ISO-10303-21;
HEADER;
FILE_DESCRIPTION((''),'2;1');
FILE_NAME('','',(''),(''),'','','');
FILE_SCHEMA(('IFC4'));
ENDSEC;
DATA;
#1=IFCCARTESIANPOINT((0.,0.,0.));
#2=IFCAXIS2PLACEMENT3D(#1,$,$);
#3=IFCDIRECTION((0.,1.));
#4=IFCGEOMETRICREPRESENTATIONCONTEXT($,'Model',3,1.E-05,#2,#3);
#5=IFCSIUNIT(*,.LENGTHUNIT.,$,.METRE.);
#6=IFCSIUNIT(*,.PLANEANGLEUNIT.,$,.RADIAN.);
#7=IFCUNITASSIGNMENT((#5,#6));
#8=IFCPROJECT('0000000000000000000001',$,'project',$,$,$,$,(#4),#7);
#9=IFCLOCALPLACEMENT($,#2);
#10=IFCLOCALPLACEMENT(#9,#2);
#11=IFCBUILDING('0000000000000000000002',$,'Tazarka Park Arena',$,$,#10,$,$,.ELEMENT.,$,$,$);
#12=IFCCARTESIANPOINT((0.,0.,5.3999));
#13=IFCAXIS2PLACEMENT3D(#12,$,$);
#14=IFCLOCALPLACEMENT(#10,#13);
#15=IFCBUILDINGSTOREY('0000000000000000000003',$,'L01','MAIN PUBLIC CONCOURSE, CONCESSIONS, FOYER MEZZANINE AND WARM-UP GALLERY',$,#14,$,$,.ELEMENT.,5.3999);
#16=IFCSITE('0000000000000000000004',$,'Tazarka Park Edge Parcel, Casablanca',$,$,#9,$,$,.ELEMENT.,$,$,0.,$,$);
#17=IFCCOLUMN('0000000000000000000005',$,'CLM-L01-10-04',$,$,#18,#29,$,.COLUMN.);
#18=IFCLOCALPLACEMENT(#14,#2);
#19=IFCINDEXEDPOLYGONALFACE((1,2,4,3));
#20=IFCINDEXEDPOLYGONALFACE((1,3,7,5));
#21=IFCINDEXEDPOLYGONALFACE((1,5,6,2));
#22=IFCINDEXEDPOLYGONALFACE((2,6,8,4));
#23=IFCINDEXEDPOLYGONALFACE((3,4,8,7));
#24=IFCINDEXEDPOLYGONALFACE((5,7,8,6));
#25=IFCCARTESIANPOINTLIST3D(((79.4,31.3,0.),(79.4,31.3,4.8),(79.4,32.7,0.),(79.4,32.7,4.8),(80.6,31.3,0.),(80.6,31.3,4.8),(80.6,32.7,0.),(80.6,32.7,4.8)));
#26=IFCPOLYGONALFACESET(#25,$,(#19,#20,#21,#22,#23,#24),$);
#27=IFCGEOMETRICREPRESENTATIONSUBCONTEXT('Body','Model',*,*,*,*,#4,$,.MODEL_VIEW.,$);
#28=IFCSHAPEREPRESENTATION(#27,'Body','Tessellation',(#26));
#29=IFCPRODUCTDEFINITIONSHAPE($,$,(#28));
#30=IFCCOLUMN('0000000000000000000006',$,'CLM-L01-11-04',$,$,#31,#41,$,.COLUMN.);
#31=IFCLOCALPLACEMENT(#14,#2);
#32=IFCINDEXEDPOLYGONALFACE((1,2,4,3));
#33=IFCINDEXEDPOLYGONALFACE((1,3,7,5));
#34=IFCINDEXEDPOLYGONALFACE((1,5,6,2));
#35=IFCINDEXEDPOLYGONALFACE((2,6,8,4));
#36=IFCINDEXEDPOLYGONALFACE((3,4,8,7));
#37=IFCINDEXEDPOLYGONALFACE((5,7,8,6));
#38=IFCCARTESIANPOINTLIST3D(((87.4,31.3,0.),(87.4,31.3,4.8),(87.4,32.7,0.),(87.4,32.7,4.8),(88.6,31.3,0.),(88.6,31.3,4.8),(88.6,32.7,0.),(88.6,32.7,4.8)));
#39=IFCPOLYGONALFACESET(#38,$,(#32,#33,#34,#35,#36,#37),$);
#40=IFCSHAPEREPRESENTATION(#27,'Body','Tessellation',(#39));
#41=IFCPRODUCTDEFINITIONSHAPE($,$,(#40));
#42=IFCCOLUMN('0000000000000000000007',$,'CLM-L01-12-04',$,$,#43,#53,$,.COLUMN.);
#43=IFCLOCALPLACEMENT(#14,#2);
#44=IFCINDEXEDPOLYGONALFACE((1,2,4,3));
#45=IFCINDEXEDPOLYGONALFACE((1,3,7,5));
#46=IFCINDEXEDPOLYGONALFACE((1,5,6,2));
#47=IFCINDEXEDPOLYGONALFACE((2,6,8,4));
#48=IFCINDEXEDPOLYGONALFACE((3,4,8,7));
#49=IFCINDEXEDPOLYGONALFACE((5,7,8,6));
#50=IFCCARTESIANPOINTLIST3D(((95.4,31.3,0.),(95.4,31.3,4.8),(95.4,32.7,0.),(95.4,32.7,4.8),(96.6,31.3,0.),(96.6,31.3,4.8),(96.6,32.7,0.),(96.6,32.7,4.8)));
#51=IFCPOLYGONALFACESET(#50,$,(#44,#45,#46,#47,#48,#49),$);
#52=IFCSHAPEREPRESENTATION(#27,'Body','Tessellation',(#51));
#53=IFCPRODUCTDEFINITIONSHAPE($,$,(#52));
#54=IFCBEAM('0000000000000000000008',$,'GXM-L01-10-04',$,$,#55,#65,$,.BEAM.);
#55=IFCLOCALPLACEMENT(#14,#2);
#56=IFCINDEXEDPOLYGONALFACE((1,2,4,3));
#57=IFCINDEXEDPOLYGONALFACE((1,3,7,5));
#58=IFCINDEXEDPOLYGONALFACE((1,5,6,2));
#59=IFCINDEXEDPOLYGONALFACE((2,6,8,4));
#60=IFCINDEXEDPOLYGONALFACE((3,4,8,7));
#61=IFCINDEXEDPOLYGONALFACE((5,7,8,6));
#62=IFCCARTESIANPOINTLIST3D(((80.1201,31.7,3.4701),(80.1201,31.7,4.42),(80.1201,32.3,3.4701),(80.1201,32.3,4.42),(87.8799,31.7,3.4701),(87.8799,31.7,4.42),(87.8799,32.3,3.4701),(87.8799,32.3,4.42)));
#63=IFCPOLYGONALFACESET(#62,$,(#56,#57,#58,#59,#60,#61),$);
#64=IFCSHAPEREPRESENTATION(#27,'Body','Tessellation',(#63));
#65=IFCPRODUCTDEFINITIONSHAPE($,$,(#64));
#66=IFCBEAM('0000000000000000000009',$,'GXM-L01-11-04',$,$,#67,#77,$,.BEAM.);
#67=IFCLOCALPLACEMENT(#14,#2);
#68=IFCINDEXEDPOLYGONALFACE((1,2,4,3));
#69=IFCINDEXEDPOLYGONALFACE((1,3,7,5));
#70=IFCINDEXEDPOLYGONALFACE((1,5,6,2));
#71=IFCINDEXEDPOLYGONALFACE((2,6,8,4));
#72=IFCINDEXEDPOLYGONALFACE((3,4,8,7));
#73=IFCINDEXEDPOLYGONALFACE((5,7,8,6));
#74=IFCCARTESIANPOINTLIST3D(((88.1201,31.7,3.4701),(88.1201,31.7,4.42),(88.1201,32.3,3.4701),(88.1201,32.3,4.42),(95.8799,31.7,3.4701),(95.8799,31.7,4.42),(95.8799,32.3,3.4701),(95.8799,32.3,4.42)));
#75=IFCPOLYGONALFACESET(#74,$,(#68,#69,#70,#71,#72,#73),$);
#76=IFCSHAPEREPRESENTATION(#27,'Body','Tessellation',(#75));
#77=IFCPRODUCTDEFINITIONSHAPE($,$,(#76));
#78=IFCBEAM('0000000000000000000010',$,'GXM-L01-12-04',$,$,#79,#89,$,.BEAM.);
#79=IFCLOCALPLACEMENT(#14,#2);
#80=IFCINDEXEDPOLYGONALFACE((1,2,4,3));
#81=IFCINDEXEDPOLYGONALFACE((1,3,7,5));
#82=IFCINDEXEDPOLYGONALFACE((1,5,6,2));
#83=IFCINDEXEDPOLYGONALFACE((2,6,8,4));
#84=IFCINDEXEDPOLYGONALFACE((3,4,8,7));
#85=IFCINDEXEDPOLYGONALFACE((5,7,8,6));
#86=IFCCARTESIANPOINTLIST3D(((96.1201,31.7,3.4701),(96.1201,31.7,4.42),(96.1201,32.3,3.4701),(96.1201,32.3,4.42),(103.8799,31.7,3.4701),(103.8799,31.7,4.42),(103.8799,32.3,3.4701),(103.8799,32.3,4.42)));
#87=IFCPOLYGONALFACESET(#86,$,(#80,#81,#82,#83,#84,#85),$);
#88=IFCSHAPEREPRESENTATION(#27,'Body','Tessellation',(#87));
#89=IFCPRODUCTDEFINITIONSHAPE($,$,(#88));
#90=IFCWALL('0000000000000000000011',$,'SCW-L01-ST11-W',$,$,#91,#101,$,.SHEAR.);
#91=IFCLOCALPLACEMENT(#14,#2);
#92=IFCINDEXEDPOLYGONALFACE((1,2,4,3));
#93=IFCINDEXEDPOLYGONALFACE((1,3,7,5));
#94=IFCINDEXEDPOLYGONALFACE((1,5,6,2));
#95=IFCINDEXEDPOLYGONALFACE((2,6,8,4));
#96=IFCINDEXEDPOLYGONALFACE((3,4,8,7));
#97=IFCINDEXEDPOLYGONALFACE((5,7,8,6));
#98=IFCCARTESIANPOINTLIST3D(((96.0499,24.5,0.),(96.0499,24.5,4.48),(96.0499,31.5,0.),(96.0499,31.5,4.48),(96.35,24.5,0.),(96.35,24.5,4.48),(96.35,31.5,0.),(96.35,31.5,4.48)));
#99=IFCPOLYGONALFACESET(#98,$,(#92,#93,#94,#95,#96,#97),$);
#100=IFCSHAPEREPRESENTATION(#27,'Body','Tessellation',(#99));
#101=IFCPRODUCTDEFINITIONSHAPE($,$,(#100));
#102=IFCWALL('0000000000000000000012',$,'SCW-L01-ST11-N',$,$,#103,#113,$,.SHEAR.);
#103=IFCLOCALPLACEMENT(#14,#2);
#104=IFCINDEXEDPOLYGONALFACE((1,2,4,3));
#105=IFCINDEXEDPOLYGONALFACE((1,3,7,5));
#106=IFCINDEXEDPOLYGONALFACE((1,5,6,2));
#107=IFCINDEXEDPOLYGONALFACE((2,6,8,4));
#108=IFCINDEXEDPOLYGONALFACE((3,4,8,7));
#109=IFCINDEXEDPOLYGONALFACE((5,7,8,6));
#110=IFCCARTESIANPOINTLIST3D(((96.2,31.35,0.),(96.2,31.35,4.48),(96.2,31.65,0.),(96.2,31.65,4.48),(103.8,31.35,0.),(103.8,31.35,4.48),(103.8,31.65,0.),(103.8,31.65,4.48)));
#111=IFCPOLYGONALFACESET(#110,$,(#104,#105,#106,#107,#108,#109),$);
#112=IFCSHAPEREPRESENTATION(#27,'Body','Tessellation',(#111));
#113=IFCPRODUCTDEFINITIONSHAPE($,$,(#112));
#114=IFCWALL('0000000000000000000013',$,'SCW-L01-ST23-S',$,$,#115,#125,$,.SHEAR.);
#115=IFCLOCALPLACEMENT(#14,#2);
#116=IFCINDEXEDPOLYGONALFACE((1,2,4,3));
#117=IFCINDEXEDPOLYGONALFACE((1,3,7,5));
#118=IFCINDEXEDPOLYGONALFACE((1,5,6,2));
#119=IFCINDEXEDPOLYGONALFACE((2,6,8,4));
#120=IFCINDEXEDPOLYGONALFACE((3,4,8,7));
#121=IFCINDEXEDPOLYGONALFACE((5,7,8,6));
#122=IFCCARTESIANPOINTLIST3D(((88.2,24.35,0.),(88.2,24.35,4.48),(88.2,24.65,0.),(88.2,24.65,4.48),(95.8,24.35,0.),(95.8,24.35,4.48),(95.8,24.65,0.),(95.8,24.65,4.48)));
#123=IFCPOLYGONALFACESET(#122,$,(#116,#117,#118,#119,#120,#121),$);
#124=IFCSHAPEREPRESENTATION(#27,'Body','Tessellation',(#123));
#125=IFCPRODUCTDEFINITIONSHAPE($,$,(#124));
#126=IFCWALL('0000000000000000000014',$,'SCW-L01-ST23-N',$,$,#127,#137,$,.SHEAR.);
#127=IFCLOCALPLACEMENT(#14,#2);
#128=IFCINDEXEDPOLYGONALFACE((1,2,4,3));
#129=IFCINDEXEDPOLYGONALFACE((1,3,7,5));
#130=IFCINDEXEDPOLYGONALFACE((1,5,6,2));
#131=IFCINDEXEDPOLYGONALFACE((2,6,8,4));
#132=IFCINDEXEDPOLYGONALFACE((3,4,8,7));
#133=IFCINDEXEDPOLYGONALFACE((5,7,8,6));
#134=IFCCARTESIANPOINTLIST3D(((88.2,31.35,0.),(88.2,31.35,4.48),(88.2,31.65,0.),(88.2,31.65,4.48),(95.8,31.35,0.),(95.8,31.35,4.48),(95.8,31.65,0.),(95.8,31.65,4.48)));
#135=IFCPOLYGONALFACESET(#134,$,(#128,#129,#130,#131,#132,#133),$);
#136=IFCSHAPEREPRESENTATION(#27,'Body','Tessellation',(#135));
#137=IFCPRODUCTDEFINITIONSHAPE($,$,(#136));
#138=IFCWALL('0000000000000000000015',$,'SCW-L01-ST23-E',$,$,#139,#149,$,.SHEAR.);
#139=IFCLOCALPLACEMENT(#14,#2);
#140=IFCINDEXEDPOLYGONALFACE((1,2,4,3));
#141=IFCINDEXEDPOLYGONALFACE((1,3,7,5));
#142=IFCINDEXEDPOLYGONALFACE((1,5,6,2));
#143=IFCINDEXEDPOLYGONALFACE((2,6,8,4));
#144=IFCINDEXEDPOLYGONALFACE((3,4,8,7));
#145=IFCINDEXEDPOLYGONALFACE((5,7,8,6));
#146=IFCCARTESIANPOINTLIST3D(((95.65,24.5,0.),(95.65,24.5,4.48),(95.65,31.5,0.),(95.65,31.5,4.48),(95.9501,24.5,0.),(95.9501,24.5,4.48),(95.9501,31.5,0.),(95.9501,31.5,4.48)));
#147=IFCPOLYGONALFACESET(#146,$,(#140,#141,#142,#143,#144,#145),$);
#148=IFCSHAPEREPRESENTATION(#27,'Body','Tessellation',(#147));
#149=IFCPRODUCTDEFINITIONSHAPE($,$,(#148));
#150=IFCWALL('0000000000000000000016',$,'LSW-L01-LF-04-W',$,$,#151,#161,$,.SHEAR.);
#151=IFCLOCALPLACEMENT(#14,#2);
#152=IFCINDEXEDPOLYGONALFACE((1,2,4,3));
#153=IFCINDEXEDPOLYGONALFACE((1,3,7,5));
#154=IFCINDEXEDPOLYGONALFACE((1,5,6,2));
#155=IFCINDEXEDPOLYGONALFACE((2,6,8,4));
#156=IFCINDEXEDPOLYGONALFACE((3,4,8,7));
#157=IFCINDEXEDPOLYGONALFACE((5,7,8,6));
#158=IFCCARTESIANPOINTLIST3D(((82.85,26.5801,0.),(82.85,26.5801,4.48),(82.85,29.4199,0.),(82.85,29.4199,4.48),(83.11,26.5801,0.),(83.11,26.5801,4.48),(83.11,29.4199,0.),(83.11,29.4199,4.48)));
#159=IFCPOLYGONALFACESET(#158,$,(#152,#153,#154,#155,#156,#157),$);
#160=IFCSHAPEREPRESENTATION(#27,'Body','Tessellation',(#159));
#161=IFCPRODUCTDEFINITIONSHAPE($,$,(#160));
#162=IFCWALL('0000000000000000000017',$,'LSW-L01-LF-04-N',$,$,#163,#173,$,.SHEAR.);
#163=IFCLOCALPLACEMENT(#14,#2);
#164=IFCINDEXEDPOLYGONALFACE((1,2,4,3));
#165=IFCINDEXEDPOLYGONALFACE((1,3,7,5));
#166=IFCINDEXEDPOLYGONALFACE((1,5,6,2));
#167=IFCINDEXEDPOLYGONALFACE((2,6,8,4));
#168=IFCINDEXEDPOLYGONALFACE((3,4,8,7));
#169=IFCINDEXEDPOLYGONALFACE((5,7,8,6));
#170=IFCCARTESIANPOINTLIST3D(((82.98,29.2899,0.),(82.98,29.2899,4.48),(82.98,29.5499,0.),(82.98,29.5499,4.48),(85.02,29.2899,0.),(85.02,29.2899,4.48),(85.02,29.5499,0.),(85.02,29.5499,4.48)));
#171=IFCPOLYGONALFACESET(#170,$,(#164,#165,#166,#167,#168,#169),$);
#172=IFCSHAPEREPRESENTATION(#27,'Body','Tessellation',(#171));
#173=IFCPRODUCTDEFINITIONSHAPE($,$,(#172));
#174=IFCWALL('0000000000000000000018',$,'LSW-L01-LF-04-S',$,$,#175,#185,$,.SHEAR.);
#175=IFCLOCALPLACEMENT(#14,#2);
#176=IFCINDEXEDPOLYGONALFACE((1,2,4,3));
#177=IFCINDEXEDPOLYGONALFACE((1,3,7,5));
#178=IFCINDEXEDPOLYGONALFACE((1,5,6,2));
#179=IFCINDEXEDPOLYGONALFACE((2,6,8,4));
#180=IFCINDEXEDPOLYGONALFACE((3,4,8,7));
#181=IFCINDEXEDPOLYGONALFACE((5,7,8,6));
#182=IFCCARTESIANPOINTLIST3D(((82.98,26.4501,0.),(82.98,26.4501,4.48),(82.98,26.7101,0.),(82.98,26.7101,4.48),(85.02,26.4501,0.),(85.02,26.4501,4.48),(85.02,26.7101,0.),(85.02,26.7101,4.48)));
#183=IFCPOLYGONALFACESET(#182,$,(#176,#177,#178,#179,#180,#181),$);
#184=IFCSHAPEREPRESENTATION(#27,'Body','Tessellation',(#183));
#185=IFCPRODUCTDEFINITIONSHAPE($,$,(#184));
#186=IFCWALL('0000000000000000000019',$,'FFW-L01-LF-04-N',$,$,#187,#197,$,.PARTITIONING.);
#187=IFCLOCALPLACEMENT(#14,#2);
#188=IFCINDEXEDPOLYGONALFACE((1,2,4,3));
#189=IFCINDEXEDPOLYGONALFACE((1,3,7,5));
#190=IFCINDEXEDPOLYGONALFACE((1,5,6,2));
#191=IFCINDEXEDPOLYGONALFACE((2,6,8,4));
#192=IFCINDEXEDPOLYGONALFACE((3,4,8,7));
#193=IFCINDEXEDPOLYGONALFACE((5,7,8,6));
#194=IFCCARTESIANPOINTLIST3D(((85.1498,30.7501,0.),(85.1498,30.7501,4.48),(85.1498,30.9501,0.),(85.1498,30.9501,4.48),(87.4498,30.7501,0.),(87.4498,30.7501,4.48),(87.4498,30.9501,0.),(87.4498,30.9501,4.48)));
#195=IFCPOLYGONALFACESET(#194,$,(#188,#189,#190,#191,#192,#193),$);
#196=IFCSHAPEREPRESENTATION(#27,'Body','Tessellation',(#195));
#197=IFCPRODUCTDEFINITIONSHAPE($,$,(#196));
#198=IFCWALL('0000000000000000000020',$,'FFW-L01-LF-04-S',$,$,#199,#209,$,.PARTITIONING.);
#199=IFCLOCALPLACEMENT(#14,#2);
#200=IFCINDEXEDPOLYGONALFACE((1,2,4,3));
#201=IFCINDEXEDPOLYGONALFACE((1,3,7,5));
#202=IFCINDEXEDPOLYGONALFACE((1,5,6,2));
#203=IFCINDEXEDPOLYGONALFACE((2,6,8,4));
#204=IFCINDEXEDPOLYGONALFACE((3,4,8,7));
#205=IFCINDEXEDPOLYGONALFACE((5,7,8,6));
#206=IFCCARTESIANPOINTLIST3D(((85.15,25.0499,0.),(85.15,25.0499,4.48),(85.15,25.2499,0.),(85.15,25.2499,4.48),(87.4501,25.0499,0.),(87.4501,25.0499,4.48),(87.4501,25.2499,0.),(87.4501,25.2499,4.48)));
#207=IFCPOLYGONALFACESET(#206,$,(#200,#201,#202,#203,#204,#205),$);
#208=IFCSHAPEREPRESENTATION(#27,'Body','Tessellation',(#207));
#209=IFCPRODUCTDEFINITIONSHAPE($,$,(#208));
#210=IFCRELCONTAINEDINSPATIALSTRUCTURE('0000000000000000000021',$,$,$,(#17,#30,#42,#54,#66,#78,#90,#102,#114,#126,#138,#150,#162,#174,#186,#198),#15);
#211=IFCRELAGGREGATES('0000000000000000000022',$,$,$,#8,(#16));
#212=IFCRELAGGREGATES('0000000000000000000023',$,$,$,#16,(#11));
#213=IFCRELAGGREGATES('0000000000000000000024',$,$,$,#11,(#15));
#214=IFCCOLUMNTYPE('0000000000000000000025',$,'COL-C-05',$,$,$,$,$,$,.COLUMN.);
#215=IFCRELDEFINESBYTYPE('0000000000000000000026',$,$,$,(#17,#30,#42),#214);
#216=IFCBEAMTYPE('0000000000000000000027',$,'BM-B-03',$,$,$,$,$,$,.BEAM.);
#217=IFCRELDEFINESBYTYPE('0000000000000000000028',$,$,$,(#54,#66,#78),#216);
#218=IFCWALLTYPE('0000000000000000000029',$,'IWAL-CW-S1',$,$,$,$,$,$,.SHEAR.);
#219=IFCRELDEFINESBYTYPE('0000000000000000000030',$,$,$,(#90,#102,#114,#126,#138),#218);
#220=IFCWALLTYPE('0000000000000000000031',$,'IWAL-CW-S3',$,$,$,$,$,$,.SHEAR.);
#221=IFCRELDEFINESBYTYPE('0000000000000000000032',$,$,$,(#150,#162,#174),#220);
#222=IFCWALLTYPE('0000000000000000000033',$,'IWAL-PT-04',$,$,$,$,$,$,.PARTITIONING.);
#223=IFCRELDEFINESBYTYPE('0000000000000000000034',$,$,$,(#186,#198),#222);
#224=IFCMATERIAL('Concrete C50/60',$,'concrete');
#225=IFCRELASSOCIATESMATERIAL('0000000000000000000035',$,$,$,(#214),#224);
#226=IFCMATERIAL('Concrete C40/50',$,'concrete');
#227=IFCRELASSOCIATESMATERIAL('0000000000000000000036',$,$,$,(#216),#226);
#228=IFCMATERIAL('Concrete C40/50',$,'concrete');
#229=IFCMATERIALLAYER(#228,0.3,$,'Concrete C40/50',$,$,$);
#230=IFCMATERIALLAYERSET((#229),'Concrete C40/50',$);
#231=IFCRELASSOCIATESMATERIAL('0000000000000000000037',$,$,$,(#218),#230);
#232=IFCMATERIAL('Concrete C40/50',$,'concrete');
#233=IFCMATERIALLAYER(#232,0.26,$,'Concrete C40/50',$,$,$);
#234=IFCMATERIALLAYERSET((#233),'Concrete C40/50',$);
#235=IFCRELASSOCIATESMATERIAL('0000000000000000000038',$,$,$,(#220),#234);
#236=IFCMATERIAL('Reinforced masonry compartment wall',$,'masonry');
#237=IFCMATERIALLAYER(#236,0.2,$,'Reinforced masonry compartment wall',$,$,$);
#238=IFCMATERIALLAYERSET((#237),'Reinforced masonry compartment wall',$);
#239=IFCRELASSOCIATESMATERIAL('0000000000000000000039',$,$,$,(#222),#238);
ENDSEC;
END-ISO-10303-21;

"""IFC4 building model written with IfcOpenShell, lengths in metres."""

from ifc_helpers import new_model, si_unit, direction, frame, frame_2d, origin, origin_2d, place, context, subcontext, project, spatial, rectangle, extrude, material, layer, layer_set, material_profile, profile_set, type_object, element, save


model = new_model("IFC4")

# Units and contexts
model_context = context("Model", 3, precision=1e-05, world=origin(), true_north=direction((0.0, 1.0)))
body_context = subcontext(model_context, "Body", "Model", "MODEL_VIEW")
ifc_project = project(units=[si_unit("LENGTHUNIT", "METRE"), si_unit("PLANEANGLEUNIT", "RADIAN")], contexts=[model_context])

# Site, building, storey
site_placement = place(None, origin())
site = spatial("IfcSite", under=ifc_project, at=site_placement, Name="Tazarka Park Edge Parcel, Casablanca", CompositionType="ELEMENT", RefElevation=0.0)
building_placement = place(site_placement, origin())
building = spatial("IfcBuilding", under=site, at=building_placement, Name="Tazarka Park Arena", CompositionType="ELEMENT")
storey_placement = place(building_placement, frame((0.0, 0.0, 5.3999)))
storey = spatial("IfcBuildingStorey", under=building, at=storey_placement, Name="L01", Description="MAIN PUBLIC CONCOURSE, CONCESSIONS, FOYER MEZZANINE AND WARM-UP GALLERY", CompositionType="ELEMENT", Elevation=5.3999)

# Columns
ifc_material_1 = material(Name="Concrete C50/60", Category="concrete")
ifc_material_profile_1 = material_profile(ifc_material_1, rectangle(XDim=1.2, YDim=1.3999, at=origin_2d()), Name="Concrete C50/60")
ifc_profile_set_1 = profile_set([ifc_material_profile_1], Name="Concrete C50/60")
column_type = type_object("IfcColumnType", Name="COL-C-05", PredefinedType="COLUMN", material=ifc_profile_set_1)
for number, where, z_axis, x_axis, name in (
    (1, (80.0, 32.0, 0.0), (0.0, 0.0, 1.0), (1.0, 0.0, 0.0), "CLM-L01-10-04"),
    (2, (88.0, 32.0, 0.0), (0.0, 0.0, 1.0), (1.0, 0.0, 0.0), "CLM-L01-11-04"),
    (3, (96.0, 32.0, 0.0), (0.0, 0.0, 1.0), (1.0, 0.0, 0.0), "CLM-L01-12-04"),
):
    element("IfcColumn", number, at=place(storey_placement, frame(where, z_axis=z_axis, x_axis=x_axis)), inside=storey, type_object=column_type, Name=name, PredefinedType="COLUMN", context=body_context, shape_type="SweptSolid", body=[
        extrude(rectangle(XDim=1.2, YDim=1.3999, at=origin_2d()), origin(), (0.0, 0.0, 1.0), 4.8),
    ])

# Beams
ifc_material_2 = material(Name="Concrete C40/50", Category="concrete")
ifc_material_profile_2 = material_profile(ifc_material_2, rectangle(XDim=0.6001, YDim=0.95, at=origin_2d()), Name="Concrete C40/50")
ifc_profile_set_2 = profile_set([ifc_material_profile_2], Name="Concrete C40/50")
beam_type = type_object("IfcBeamType", Name="BM-B-03", PredefinedType="BEAM", material=ifc_profile_set_2)
for number, where, z_axis, x_axis, name in (
    (4, (80.1201, 32.0, 3.9451), (1.0, 0.0, 0.0), (0.0, 1.0, 0.0), "GXM-L01-10-04"),
    (5, (88.1201, 32.0, 3.9451), (1.0, 0.0, 0.0), (0.0, 1.0, 0.0), "GXM-L01-11-04"),
    (6, (96.1201, 32.0, 3.9451), (1.0, 0.0, 0.0), (0.0, 1.0, 0.0), "GXM-L01-12-04"),
):
    element("IfcBeam", number, at=place(storey_placement, frame(where, z_axis=z_axis, x_axis=x_axis)), inside=storey, type_object=beam_type, Name=name, PredefinedType="BEAM", context=body_context, shape_type="SweptSolid", body=[
        extrude(rectangle(XDim=0.6001, YDim=0.95, at=origin_2d()), origin(), (0.0, 0.0, 1.0), 7.7598),
    ])

# Walls
ifc_material_3 = material(Name="Concrete C40/50", Category="concrete")
ifc_layer_1 = layer(ifc_material_3, 0.3, Name="Concrete C40/50")
ifc_layer_set_1 = layer_set([ifc_layer_1], Name="Concrete C40/50")
wall_type_1 = type_object("IfcWallType", Name="IWAL-CW-S1", PredefinedType="SHEAR", material=ifc_layer_set_1)
wall_1_placement = place(storey_placement, frame((96.2, 24.5, 0.0), z_axis=(0.0, 0.0, 1.0), x_axis=(0.0, 1.0, 0.0)))
element("IfcWall", 7, at=wall_1_placement, inside=storey, type_object=wall_type_1, Name="SCW-L01-ST11-W", PredefinedType="SHEAR", context=body_context, shape_type="SweptSolid", body=[
    extrude(rectangle(XDim=7.0, YDim=0.3, at=frame_2d((3.5, 0.0))), origin(), (0.0, 0.0, 1.0), 4.48),
])
for number, where, z_axis, x_axis, name in (
    (8, (96.2, 31.5, 0.0), (0.0, 0.0, 1.0), (1.0, 0.0, 0.0), "SCW-L01-ST11-N"),
    (9, (95.8, 24.5, 0.0), (0.0, 0.0, 1.0), (-1.0, 0.0, 0.0), "SCW-L01-ST23-S"),
    (10, (88.2, 31.5, 0.0), (0.0, 0.0, 1.0), (1.0, 0.0, 0.0), "SCW-L01-ST23-N"),
):
    element("IfcWall", number, at=place(storey_placement, frame(where, z_axis=z_axis, x_axis=x_axis)), inside=storey, type_object=wall_type_1, Name=name, PredefinedType="SHEAR", context=body_context, shape_type="SweptSolid", body=[
        extrude(rectangle(XDim=7.6001, YDim=0.3, at=frame_2d((3.8, 0.0))), origin(), (0.0, 0.0, 1.0), 4.48),
    ])
wall_2_placement = place(storey_placement, frame((95.8, 31.5, 0.0), z_axis=(0.0, 0.0, 1.0), x_axis=(0.0, -1.0, 0.0)))
element("IfcWall", 11, at=wall_2_placement, inside=storey, type_object=wall_type_1, Name="SCW-L01-ST23-E", PredefinedType="SHEAR", context=body_context, shape_type="SweptSolid", body=[
    extrude(rectangle(XDim=7.0, YDim=0.3, at=frame_2d((3.5, 0.0))), origin(), (0.0, 0.0, 1.0), 4.48),
])
ifc_material_4 = material(Name="Concrete C40/50", Category="concrete")
ifc_layer_2 = layer(ifc_material_4, 0.26, Name="Concrete C40/50")
ifc_layer_set_2 = layer_set([ifc_layer_2], Name="Concrete C40/50")
wall_type_2 = type_object("IfcWallType", Name="IWAL-CW-S3", PredefinedType="SHEAR", material=ifc_layer_set_2)
wall_3_placement = place(storey_placement, frame((82.98, 26.5801, 0.0), z_axis=(0.0, 0.0, 1.0), x_axis=(0.0, 1.0, 0.0)))
element("IfcWall", 12, at=wall_3_placement, inside=storey, type_object=wall_type_2, Name="LSW-L01-LF-04-W", PredefinedType="SHEAR", context=body_context, shape_type="SweptSolid", body=[
    extrude(rectangle(XDim=2.8398, YDim=0.26, at=frame_2d((1.4199, 0.0))), origin(), (0.0, 0.0, 1.0), 4.48),
])
for number, where, z_axis, x_axis, name in (
    (13, (82.98, 29.4199, 0.0), (0.0, 0.0, 1.0), (1.0, 0.0, 0.0), "LSW-L01-LF-04-N"),
    (14, (85.02, 26.5801, 0.0), (0.0, 0.0, 1.0), (-1.0, 0.0, 0.0), "LSW-L01-LF-04-S"),
):
    element("IfcWall", number, at=place(storey_placement, frame(where, z_axis=z_axis, x_axis=x_axis)), inside=storey, type_object=wall_type_2, Name=name, PredefinedType="SHEAR", context=body_context, shape_type="SweptSolid", body=[
        extrude(rectangle(XDim=2.04, YDim=0.26, at=frame_2d((1.02, 0.0))), origin(), (0.0, 0.0, 1.0), 4.48),
    ])

# Walls
ifc_material_5 = material(Name="Reinforced masonry compartment wall", Category="masonry")
ifc_layer_3 = layer(ifc_material_5, 0.2, Name="Reinforced masonry compartment wall")
ifc_layer_set_3 = layer_set([ifc_layer_3], Name="Reinforced masonry compartment wall")
wall_type_3 = type_object("IfcWallType", Name="IWAL-PT-04", PredefinedType="PARTITIONING", material=ifc_layer_set_3)
for number, where, z_axis, x_axis, name in (
    (15, (85.1499, 30.8501, 0.0), (0.0, 0.0, 1.0), (1.0, 0.0, 0.0), "FFW-L01-LF-04-N"),
    (16, (87.45, 25.1499, 0.0), (0.0, 0.0, 1.0), (-1.0, 0.0, 0.0), "FFW-L01-LF-04-S"),
):
    element("IfcWall", number, at=place(storey_placement, frame(where, z_axis=z_axis, x_axis=x_axis)), inside=storey, type_object=wall_type_3, Name=name, PredefinedType="PARTITIONING", context=body_context, shape_type="SweptSolid", body=[
        extrude(rectangle(XDim=2.3, YDim=0.2, at=frame_2d((1.1499, 0.0))), origin(), (0.0, 0.0, 1.0), 4.48),
    ])

save(model, "model.ifc")
